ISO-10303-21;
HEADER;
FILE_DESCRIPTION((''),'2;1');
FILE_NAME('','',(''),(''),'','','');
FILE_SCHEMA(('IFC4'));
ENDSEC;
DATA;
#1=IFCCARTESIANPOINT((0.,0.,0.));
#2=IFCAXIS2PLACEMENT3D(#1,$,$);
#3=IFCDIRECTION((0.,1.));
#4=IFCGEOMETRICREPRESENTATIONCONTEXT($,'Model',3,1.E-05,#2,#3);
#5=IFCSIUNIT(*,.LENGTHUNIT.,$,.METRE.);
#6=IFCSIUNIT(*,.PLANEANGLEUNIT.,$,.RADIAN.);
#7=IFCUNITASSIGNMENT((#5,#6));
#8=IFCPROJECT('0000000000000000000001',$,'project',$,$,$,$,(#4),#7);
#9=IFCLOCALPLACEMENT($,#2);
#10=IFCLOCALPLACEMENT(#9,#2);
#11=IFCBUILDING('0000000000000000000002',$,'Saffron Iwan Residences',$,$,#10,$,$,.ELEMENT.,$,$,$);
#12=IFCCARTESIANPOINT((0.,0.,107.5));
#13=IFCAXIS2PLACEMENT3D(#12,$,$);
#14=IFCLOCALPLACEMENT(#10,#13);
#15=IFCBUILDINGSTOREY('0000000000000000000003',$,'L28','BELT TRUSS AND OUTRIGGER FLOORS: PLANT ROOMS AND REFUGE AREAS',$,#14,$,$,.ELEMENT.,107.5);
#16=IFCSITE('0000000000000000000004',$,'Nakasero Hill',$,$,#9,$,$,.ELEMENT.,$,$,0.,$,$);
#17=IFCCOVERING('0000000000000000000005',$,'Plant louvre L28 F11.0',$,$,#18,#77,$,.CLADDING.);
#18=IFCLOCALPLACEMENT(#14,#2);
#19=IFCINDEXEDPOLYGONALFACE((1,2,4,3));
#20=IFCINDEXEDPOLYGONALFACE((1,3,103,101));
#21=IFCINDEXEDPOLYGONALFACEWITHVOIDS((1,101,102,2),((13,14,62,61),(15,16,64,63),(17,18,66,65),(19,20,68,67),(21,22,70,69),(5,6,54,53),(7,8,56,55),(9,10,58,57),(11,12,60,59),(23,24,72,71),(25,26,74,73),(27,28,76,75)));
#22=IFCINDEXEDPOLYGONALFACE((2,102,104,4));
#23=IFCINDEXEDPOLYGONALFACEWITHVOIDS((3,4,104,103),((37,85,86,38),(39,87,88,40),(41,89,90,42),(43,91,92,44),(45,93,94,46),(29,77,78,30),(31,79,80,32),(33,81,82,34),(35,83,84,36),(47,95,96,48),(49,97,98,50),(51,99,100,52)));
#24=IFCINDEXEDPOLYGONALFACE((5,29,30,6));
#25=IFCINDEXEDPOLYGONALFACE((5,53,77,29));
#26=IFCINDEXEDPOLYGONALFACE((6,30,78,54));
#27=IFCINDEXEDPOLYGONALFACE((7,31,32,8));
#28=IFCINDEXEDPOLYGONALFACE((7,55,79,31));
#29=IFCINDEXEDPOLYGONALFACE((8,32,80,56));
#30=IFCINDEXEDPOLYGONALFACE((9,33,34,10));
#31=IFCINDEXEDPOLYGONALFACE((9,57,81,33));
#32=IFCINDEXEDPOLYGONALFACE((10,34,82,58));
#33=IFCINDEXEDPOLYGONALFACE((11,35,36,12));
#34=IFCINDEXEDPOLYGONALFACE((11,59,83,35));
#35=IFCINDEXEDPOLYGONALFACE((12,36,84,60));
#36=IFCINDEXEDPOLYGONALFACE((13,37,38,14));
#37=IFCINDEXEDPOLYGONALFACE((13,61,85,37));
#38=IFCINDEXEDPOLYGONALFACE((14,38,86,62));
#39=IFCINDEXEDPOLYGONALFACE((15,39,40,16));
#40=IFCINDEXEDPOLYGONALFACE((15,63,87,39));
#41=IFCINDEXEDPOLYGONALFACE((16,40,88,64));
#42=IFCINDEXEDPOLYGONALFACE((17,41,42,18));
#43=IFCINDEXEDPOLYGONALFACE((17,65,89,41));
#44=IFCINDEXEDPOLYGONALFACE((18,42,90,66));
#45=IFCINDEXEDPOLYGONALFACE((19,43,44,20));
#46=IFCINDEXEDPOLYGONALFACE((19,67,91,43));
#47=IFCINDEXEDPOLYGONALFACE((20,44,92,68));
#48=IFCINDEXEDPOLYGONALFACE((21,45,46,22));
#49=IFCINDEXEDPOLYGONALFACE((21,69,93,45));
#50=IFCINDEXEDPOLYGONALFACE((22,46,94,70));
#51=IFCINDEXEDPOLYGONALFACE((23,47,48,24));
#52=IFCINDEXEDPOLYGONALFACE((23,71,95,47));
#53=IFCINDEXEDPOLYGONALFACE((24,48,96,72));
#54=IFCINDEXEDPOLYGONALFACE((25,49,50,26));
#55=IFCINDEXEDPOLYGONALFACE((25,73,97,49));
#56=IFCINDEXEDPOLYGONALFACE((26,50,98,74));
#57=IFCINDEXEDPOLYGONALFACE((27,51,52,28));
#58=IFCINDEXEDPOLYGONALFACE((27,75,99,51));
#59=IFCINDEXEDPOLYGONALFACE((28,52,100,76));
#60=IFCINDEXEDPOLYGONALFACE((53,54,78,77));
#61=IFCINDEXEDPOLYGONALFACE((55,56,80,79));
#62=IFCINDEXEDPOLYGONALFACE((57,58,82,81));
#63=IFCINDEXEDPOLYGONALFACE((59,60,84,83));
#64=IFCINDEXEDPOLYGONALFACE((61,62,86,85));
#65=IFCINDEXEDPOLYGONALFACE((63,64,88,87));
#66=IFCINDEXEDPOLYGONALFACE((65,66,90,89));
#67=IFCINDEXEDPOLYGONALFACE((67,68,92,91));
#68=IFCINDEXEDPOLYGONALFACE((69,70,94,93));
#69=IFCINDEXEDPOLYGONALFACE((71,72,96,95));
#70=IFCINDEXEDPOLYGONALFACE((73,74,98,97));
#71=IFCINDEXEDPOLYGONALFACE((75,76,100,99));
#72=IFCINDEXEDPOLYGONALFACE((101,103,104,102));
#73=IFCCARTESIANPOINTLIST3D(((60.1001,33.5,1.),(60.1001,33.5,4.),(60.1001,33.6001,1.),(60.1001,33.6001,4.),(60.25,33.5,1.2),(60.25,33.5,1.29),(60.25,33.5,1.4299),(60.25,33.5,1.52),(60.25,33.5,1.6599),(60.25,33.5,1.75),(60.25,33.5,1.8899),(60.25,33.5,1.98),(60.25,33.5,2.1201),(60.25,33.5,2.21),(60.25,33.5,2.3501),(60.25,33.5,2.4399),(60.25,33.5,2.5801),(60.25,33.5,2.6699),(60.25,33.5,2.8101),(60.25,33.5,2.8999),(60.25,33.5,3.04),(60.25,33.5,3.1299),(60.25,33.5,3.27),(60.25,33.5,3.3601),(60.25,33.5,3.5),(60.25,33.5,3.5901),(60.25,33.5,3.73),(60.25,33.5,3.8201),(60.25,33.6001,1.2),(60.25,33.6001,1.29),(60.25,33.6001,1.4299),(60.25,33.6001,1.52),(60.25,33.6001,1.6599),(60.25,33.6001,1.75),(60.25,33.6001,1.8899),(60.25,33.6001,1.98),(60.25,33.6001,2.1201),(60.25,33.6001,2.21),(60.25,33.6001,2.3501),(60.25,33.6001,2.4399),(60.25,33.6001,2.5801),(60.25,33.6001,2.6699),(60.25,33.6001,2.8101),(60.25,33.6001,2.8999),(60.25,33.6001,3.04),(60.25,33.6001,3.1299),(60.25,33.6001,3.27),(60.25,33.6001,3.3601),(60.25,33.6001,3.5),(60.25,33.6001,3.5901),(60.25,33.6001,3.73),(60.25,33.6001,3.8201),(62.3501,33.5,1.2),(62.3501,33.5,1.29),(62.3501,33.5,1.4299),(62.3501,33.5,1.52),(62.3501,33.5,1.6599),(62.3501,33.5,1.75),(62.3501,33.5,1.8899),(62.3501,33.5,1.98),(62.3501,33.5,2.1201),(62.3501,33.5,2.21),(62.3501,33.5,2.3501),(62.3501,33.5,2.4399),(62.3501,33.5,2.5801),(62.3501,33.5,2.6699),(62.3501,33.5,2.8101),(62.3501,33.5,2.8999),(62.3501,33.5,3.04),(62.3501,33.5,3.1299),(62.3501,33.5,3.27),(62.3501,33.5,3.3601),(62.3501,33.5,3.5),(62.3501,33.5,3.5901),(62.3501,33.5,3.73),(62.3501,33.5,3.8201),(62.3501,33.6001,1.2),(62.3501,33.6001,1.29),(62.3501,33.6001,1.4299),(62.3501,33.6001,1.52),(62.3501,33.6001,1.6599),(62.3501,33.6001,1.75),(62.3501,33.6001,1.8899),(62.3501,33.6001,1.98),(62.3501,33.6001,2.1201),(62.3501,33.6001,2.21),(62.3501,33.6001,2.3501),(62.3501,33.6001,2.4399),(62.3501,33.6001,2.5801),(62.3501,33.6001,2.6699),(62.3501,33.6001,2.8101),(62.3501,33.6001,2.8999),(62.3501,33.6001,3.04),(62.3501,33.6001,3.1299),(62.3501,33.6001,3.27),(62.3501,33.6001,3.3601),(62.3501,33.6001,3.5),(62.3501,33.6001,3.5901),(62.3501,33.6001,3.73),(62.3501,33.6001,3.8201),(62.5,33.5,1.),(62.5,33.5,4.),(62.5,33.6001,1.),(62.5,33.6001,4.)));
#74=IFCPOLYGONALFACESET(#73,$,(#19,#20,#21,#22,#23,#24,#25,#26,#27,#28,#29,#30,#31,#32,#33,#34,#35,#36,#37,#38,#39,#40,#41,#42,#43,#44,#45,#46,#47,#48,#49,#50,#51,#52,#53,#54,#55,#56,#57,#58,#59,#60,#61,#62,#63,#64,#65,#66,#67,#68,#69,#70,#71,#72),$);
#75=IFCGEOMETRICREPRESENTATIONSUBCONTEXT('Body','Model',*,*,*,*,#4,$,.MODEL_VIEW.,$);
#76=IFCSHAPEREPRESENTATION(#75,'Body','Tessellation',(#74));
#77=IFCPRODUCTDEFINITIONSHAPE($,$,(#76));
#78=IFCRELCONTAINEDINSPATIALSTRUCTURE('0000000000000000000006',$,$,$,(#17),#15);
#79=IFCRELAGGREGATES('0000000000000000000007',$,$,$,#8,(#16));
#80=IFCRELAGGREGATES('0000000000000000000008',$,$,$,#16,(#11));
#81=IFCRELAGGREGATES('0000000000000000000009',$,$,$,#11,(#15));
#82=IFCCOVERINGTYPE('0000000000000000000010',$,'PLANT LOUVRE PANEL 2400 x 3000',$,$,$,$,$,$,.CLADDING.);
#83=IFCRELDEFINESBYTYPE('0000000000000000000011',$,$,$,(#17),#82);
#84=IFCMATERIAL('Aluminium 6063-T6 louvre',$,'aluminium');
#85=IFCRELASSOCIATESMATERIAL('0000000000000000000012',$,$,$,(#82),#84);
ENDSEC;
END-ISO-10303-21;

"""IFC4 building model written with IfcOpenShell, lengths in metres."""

from ifc_helpers import new_model, si_unit, direction, frame, origin, place, context, subcontext, project, spatial, polyline, outline, extrude, material, type_object, element, save


model = new_model("IFC4")

# Units and contexts
model_context = context("Model", 3, precision=1e-05, world=origin(), true_north=direction((0.0, 1.0)))
body_context = subcontext(model_context, "Body", "Model", "MODEL_VIEW")
ifc_project = project(units=[si_unit("LENGTHUNIT", "METRE"), si_unit("PLANEANGLEUNIT", "RADIAN")], contexts=[model_context])

# Site, building, storey
site_placement = place(None, origin())
site = spatial("IfcSite", under=ifc_project, at=site_placement, Name="Nakasero Hill", CompositionType="ELEMENT", RefElevation=0.0)
building_placement = place(site_placement, origin())
building = spatial("IfcBuilding", under=site, at=building_placement, Name="Saffron Iwan Residences", CompositionType="ELEMENT")
storey_placement = place(building_placement, frame((0.0, 0.0, 107.5)))
storey = spatial("IfcBuildingStorey", under=building, at=storey_placement, Name="L28", Description="BELT TRUSS AND OUTRIGGER FLOORS: PLANT ROOMS AND REFUGE AREAS", CompositionType="ELEMENT", Elevation=107.5)

# Covering
ifc_material_1 = material(Name="Aluminium 6063-T6 louvre", Category="aluminium")
covering_type_1 = type_object("IfcCoveringType", Name="PLANT LOUVRE PANEL 2400 x 3000", PredefinedType="CLADDING", material=ifc_material_1)
covering_1_placement = place(storey_placement, frame((60.1001, 33.6001, 1.0), z_axis=(0.0, -1.0, 0.0), x_axis=(1.0, 0.0, 0.0)))
element("IfcCovering", 1, at=covering_1_placement, inside=storey, type_object=covering_type_1, Name="Plant louvre L28 F11.0", PredefinedType="CLADDING", context=body_context, shape_type="SweptSolid", body=[
    extrude(outline(polyline([(0.0, 0.0), (2.3999, 0.0), (2.3999, 3.0), (0.0, 3.0), (0.0, 0.0)]), holes=[polyline([(0.1499, 0.2), (2.25, 0.2), (2.25, 0.29), (0.1499, 0.29), (0.1499, 0.2)]), polyline([(0.1499, 0.4299), (2.25, 0.4299), (2.25, 0.52), (0.1499, 0.52), (0.1499, 0.4299)]), polyline([(0.1499, 0.6599), (2.25, 0.6599), (2.25, 0.75), (0.1499, 0.75), (0.1499, 0.6599)]), polyline([(0.1499, 0.8899), (2.25, 0.8899), (2.25, 0.98), (0.1499, 0.98), (0.1499, 0.8899)]), polyline([(0.1499, 1.1201), (2.25, 1.1201), (2.25, 1.21), (0.1499, 1.21), (0.1499, 1.1201)]), polyline([(0.1499, 1.3501), (2.25, 1.3501), (2.25, 1.4399), (0.1499, 1.4399), (0.1499, 1.3501)]), polyline([(0.1499, 1.5801), (2.25, 1.5801), (2.25, 1.6699), (0.1499, 1.6699), (0.1499, 1.5801)]), polyline([(0.1499, 1.8101), (2.25, 1.8101), (2.25, 1.8999), (0.1499, 1.8999), (0.1499, 1.8101)]), polyline([(0.1499, 2.04), (2.25, 2.04), (2.25, 2.1299), (0.1499, 2.1299), (0.1499, 2.04)]), polyline([(0.1499, 2.27), (2.25, 2.27), (2.25, 2.3601), (0.1499, 2.3601), (0.1499, 2.27)]), polyline([(0.1499, 2.5), (2.25, 2.5), (2.25, 2.5901), (0.1499, 2.5901), (0.1499, 2.5)]), polyline([(0.1499, 2.73), (2.25, 2.73), (2.25, 2.8201), (0.1499, 2.8201), (0.1499, 2.73)])]), origin(), (0.0, 0.0, 1.0), 0.1001),
])

save(model, "model.ifc")
